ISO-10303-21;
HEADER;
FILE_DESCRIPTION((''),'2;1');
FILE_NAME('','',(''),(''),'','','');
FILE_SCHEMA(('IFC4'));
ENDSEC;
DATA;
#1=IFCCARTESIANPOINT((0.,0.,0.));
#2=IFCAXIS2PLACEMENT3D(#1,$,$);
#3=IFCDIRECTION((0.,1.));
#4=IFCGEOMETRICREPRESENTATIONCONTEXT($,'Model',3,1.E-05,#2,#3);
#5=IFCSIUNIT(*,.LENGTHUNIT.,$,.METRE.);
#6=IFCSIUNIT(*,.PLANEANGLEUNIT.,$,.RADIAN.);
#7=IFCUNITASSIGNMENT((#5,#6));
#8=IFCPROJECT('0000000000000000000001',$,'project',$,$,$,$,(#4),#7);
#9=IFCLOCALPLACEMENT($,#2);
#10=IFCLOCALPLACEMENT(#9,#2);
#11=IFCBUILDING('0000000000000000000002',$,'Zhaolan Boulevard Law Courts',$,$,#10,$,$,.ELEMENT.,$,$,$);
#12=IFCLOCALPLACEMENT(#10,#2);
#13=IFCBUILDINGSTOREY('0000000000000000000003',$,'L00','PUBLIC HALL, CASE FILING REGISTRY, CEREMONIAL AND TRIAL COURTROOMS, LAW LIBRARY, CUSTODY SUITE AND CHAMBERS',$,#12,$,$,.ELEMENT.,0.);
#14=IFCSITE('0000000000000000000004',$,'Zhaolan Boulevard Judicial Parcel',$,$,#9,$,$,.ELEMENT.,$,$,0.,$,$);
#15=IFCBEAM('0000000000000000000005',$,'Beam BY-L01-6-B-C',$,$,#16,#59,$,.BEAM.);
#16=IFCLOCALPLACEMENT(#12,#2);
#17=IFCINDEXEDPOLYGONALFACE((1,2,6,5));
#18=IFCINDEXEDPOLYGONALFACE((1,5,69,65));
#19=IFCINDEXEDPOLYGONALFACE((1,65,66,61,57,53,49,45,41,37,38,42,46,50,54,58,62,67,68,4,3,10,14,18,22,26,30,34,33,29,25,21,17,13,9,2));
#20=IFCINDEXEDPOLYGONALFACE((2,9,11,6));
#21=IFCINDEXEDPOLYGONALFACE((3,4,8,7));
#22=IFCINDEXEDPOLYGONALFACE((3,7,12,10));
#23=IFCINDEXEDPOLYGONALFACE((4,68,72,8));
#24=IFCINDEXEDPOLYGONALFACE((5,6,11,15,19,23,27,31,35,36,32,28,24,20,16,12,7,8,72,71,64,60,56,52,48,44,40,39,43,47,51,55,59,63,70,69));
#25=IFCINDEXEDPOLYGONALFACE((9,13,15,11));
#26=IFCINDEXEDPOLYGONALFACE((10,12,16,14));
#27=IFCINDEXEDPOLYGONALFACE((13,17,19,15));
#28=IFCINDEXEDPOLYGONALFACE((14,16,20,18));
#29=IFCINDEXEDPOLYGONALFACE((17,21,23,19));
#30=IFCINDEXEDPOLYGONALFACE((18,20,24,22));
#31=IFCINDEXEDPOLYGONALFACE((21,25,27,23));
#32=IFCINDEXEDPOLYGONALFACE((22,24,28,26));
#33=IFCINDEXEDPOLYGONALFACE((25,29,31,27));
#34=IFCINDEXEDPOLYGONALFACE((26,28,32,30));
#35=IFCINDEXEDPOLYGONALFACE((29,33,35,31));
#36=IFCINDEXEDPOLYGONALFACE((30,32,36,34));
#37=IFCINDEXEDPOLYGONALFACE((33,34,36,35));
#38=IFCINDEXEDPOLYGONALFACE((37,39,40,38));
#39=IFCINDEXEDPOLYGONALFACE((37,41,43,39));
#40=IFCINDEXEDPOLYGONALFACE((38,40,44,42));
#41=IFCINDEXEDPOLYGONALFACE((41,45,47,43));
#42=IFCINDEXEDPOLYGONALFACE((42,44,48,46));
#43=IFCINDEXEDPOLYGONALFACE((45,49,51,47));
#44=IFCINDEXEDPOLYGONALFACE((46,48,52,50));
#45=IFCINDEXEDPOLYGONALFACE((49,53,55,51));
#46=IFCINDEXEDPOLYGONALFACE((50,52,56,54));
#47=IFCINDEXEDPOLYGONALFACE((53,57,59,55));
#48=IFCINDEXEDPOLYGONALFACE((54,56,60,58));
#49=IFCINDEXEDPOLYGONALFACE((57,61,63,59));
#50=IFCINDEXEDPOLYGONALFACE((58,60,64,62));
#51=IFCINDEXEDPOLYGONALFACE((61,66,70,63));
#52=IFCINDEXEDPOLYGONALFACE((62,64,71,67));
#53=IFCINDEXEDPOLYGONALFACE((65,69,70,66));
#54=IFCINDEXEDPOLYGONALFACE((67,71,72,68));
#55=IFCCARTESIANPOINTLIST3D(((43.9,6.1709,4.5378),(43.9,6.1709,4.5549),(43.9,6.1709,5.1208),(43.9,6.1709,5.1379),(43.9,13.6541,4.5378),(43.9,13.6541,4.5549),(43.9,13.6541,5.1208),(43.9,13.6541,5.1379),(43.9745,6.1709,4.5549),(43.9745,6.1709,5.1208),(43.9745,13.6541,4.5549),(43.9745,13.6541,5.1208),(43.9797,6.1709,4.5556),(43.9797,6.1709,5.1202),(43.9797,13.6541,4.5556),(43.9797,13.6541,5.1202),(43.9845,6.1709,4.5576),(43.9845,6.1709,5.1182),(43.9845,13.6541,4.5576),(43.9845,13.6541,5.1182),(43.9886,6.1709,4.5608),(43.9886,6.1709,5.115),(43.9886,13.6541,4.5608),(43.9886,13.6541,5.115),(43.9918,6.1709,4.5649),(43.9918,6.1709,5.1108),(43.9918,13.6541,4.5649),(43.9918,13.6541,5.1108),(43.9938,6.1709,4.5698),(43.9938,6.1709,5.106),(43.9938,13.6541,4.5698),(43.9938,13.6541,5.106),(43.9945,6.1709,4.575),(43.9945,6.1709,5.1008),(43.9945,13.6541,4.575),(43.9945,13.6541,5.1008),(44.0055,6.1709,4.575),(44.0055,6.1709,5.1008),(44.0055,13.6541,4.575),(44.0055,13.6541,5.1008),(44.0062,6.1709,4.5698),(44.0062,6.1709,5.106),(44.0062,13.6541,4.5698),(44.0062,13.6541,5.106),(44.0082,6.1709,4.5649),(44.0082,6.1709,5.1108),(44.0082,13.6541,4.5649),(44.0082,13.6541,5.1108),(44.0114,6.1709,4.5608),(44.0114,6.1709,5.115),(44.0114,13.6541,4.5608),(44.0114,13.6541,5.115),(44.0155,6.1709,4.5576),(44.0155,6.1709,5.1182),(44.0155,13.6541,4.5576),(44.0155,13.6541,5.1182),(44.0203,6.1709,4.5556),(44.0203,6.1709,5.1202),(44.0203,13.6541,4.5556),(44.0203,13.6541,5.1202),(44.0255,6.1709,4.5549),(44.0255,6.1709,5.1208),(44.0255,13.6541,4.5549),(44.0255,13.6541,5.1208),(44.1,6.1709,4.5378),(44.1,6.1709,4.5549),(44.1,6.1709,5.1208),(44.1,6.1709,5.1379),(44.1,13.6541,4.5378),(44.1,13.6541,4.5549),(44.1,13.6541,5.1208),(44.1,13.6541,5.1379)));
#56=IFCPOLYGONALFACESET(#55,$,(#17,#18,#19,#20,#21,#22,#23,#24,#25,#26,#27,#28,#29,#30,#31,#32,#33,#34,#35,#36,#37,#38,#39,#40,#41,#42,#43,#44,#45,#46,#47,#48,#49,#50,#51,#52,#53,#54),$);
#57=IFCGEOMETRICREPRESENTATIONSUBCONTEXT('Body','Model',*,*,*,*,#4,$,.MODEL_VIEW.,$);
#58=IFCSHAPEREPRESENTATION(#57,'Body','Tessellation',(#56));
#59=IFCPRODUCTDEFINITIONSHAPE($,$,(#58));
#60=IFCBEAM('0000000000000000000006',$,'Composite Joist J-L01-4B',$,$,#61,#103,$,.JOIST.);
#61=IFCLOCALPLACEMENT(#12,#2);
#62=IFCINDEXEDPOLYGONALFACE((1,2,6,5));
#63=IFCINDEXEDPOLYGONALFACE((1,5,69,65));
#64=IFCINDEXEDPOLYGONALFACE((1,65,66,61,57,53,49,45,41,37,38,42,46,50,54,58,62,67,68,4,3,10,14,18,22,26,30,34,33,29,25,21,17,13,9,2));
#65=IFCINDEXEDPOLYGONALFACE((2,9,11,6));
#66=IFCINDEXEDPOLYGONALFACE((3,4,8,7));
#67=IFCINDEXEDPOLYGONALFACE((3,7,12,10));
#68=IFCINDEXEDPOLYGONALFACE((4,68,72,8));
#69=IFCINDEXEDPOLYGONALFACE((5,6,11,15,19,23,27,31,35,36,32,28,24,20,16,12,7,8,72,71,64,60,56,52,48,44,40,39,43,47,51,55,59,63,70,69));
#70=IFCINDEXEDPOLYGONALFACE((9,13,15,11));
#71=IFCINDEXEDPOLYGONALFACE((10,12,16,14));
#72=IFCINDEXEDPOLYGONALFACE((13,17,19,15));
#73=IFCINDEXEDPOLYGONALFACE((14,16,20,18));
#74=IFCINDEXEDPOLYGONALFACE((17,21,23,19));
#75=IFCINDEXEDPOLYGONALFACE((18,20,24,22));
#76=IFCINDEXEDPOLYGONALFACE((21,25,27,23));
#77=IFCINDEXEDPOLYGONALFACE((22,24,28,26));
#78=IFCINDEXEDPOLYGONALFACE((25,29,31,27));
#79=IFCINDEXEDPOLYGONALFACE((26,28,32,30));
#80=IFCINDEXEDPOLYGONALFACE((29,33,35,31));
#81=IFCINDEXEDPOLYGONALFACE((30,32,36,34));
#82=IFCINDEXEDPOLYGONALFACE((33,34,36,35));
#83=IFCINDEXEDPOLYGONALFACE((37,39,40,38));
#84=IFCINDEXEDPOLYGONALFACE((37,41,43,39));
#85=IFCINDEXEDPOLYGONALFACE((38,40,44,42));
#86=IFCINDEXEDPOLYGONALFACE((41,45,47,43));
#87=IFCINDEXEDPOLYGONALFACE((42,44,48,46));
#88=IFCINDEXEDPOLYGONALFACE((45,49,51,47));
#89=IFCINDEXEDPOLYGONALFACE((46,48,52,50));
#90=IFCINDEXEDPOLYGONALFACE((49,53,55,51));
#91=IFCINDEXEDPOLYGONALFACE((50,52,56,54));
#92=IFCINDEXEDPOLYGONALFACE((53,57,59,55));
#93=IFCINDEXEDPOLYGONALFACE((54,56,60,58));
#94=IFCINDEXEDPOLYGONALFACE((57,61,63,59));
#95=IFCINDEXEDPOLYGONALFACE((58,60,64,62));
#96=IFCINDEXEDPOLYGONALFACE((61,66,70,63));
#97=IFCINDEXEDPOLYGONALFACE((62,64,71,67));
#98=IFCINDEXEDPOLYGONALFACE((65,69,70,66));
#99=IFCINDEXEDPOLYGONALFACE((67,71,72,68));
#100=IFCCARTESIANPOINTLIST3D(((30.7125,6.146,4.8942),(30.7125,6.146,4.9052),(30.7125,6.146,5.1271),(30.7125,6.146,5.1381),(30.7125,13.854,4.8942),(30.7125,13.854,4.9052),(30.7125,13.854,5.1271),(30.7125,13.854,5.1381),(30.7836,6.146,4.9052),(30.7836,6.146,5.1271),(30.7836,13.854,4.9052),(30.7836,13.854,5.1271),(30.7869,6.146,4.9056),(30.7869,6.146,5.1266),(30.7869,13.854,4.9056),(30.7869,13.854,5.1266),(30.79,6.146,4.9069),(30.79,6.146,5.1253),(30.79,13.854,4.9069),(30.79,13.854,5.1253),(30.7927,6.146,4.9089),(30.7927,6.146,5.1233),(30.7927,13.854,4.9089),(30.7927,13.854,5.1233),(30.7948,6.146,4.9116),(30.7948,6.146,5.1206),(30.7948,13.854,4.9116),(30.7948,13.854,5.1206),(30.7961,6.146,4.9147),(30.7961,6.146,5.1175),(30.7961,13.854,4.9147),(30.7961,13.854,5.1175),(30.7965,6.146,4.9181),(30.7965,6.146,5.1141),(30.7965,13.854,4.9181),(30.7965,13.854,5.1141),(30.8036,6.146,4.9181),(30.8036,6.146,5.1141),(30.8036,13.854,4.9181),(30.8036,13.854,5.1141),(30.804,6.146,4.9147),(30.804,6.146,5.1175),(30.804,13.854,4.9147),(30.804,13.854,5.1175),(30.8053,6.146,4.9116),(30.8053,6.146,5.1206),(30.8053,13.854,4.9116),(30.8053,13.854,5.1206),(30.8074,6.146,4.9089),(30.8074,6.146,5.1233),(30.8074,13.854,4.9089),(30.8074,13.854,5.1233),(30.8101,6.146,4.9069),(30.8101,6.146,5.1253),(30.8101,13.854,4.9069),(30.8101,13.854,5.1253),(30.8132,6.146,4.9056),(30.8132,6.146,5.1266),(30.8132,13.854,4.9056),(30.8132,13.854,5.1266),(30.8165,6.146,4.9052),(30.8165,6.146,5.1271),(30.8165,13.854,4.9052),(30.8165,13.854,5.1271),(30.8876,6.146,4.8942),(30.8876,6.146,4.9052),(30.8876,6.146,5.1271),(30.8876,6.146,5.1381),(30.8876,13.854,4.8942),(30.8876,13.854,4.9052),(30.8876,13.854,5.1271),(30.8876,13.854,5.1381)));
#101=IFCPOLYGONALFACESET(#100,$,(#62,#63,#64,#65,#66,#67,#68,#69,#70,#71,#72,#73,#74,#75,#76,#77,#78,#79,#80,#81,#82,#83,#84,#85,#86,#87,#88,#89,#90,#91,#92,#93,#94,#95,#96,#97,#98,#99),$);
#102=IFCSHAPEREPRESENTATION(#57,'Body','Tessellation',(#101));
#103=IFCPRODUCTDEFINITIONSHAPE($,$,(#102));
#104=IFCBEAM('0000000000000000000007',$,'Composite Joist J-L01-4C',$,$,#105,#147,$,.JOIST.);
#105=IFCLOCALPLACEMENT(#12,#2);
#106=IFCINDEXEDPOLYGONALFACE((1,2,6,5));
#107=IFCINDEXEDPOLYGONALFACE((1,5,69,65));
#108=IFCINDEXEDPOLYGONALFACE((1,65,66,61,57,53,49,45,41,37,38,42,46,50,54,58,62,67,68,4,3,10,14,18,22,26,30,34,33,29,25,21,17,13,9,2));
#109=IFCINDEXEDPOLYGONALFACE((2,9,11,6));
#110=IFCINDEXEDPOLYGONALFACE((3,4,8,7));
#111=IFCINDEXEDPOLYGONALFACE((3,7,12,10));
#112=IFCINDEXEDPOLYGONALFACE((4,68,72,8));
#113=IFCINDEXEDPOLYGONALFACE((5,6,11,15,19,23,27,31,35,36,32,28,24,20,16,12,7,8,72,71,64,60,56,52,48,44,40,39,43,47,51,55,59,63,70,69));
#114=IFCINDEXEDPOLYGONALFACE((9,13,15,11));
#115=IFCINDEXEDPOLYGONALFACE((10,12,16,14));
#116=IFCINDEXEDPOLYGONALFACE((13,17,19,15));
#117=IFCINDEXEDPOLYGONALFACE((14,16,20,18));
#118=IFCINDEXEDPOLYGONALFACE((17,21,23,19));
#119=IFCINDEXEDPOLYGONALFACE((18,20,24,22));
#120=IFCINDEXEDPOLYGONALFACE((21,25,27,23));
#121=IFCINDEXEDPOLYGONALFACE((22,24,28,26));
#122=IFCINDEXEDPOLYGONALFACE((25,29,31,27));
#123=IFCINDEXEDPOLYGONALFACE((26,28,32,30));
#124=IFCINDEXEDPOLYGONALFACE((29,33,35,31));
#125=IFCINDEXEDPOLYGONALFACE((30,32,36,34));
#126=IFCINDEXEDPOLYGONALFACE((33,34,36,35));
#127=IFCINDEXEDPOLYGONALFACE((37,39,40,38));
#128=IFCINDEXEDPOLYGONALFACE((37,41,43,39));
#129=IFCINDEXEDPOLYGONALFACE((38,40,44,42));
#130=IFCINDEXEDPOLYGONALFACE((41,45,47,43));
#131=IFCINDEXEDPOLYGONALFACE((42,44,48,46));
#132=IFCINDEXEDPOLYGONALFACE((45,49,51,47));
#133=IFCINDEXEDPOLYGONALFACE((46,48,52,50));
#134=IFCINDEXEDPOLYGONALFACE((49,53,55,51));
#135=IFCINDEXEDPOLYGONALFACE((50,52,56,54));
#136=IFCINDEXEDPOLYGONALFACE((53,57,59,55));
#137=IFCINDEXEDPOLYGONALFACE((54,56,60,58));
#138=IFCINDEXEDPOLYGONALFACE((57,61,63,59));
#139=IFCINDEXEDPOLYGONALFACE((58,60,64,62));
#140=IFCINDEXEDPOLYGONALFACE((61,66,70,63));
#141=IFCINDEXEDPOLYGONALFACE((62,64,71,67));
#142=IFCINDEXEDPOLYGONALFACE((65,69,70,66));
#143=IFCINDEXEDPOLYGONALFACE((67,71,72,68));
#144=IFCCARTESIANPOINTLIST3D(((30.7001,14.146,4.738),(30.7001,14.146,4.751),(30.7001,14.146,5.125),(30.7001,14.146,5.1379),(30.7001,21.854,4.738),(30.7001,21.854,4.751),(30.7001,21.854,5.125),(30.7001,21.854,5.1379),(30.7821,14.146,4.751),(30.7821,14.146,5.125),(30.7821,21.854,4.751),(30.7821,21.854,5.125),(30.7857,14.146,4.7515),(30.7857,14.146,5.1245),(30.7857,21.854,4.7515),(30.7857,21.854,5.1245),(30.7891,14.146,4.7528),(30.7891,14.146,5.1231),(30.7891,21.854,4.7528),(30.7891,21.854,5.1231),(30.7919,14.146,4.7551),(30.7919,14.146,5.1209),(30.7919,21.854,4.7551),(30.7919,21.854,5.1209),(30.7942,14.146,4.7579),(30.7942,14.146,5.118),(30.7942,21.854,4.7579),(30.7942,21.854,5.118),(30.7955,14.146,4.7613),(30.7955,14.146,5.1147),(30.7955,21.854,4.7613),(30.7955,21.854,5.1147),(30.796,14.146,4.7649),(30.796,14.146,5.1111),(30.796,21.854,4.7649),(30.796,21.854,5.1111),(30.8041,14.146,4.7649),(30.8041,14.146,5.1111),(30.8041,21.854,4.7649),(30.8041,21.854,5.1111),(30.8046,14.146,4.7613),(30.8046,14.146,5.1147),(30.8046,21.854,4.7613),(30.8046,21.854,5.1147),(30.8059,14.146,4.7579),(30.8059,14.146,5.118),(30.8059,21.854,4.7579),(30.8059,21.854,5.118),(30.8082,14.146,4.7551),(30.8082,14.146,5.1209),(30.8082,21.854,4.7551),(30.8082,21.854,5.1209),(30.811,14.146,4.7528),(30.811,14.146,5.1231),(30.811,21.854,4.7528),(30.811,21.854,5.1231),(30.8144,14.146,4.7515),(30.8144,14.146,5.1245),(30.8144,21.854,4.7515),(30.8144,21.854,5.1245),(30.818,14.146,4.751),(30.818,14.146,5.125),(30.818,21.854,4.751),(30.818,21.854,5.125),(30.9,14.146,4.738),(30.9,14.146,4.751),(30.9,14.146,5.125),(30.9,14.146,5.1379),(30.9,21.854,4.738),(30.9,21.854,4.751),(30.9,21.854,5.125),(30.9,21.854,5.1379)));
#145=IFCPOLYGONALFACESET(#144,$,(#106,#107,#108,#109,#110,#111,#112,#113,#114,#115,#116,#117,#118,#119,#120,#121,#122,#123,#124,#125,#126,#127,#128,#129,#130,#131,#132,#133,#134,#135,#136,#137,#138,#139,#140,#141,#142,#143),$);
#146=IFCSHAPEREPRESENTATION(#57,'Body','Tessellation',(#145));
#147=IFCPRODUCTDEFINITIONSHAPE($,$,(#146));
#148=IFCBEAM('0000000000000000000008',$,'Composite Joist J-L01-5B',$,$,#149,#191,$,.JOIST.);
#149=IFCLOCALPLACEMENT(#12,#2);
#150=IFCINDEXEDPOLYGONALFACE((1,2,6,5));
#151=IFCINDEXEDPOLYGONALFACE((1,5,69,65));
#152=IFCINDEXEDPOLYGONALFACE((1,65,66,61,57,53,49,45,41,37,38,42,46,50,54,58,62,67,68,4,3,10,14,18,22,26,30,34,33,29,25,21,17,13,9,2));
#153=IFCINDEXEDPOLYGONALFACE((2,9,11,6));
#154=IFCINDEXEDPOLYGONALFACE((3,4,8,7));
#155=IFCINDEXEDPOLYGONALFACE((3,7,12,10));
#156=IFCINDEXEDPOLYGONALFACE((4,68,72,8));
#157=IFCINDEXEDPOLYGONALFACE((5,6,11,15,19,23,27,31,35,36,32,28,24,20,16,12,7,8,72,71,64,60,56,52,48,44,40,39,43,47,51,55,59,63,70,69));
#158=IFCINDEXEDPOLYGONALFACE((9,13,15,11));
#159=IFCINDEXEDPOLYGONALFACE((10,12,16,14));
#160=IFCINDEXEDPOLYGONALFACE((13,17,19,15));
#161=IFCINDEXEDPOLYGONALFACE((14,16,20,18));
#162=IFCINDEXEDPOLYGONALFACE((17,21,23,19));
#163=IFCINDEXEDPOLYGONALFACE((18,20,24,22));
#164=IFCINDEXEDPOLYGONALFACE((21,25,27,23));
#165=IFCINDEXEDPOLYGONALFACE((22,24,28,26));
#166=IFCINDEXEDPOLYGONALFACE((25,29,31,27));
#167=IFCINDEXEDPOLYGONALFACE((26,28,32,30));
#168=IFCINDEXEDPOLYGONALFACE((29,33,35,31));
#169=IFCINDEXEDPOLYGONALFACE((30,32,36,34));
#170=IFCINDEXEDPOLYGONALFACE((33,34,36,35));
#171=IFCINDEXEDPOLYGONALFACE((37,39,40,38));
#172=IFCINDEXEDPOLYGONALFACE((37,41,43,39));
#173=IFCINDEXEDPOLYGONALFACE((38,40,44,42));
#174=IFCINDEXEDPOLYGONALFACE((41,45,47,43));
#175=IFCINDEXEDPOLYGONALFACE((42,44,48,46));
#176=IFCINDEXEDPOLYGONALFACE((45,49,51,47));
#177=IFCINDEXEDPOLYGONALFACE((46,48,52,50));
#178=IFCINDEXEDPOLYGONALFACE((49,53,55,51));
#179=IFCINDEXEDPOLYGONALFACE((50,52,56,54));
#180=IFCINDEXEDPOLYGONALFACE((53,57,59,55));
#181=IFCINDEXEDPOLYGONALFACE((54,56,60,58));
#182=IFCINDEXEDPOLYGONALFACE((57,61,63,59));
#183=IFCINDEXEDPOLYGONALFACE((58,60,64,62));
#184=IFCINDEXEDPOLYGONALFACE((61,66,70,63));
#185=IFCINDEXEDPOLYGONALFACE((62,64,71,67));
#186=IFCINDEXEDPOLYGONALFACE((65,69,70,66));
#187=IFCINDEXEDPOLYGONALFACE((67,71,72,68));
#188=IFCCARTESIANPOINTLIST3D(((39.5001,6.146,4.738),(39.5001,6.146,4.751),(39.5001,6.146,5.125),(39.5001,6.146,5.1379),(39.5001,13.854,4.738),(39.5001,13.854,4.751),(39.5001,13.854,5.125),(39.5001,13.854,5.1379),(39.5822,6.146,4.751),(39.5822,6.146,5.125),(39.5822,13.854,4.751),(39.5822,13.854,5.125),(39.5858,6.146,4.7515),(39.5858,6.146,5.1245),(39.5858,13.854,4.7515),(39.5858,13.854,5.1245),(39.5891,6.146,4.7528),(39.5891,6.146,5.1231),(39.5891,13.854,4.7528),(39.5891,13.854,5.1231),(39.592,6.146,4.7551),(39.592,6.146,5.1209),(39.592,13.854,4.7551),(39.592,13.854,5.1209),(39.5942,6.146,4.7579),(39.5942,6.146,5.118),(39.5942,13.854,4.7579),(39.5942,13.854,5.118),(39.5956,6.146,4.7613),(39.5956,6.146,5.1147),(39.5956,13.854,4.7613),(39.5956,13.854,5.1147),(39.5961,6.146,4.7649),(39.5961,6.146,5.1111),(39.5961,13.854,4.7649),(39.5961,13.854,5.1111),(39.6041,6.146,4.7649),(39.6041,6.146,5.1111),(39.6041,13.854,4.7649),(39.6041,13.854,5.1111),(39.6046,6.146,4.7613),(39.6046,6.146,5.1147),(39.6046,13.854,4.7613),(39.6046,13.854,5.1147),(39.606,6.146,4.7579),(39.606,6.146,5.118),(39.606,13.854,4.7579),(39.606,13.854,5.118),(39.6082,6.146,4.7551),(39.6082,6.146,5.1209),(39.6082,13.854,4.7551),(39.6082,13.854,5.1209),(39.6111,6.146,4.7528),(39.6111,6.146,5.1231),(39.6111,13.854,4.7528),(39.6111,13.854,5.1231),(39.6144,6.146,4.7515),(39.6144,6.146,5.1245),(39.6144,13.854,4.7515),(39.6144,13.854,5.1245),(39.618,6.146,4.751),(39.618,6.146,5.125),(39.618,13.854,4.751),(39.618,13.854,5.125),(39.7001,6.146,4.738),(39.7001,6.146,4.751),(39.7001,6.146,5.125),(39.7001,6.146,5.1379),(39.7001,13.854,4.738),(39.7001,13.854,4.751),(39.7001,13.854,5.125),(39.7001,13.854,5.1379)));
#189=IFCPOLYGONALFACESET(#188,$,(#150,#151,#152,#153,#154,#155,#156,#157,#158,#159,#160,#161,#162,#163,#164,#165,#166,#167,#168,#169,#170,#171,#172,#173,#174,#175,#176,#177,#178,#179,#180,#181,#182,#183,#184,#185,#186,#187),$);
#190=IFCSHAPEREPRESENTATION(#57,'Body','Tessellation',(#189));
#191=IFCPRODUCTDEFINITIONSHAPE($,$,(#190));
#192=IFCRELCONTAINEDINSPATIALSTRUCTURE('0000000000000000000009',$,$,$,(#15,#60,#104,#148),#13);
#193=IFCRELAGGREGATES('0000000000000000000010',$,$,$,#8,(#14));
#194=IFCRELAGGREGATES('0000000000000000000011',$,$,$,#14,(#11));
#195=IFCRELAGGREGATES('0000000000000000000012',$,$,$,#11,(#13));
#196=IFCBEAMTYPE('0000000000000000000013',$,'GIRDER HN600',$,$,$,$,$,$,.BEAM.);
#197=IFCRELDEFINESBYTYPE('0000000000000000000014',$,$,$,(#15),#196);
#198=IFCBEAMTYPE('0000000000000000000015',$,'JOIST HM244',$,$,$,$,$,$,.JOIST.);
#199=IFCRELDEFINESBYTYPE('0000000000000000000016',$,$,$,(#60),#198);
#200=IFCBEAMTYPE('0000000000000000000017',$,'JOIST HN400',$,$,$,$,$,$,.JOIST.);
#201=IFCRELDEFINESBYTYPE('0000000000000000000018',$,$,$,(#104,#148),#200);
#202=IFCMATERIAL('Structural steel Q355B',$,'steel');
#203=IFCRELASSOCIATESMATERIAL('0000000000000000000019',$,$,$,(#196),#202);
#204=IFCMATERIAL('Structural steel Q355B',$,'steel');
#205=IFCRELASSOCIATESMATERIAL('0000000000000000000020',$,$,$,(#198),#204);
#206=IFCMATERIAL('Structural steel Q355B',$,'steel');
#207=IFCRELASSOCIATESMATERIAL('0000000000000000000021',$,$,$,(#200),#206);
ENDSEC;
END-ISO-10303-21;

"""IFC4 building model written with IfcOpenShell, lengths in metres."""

from ifc_helpers import new_model, si_unit, direction, frame, origin, origin_2d, place, context, subcontext, project, spatial, i_section, extrude, material, material_profile, profile_set, type_object, element, save


model = new_model("IFC4")

# Units and contexts
model_context = context("Model", 3, precision=1e-05, world=origin(), true_north=direction((0.0, 1.0)))
body_context = subcontext(model_context, "Body", "Model", "MODEL_VIEW")
ifc_project = project(units=[si_unit("LENGTHUNIT", "METRE"), si_unit("PLANEANGLEUNIT", "RADIAN")], contexts=[model_context])

# Site, building, storey
site_placement = place(None, origin())
site = spatial("IfcSite", under=ifc_project, at=site_placement, Name="Zhaolan Boulevard Judicial Parcel", CompositionType="ELEMENT", RefElevation=0.0)
building_placement = place(site_placement, origin())
building = spatial("IfcBuilding", under=site, at=building_placement, Name="Zhaolan Boulevard Law Courts", CompositionType="ELEMENT")
storey_placement = place(building_placement, origin())
storey = spatial("IfcBuildingStorey", under=building, at=storey_placement, Name="L00", Description="PUBLIC HALL, CASE FILING REGISTRY, CEREMONIAL AND TRIAL COURTROOMS, LAW LIBRARY, CUSTODY SUITE AND CHAMBERS", CompositionType="ELEMENT", Elevation=0.0)

# Beams
ifc_material_1 = material(Name="Structural steel Q355B", Category="steel")
ifc_material_profile_1 = material_profile(ifc_material_1, i_section(OverallWidth=0.2, OverallDepth=0.6001, WebThickness=0.011, FlangeThickness=0.0171, FilletRadius=0.02, at=origin_2d()), Name="HN600x200")
ifc_profile_set_1 = profile_set([ifc_material_profile_1], Name="Structural steel Q355B")
beam_type_1 = type_object("IfcBeamType", Name="GIRDER HN600", PredefinedType="BEAM", material=ifc_profile_set_1)
for number, where, z_axis, x_axis, name in (
    (1, (44.0, 6.1709, 4.8379), (0.0, 1.0, 0.0), (-1.0, 0.0, 0.0), "Beam BY-L01-6-B-C"),
):
    element("IfcBeam", number, at=place(storey_placement, frame(where, z_axis=z_axis, x_axis=x_axis)), inside=storey, type_object=beam_type_1, Name=name, PredefinedType="BEAM", context=body_context, shape_type="SweptSolid", body=[
        extrude(i_section(OverallWidth=0.2, OverallDepth=0.6001, WebThickness=0.011, FlangeThickness=0.0171, FilletRadius=0.02, at=origin_2d()), origin(), (0.0, 0.0, 1.0), 7.4832),
    ])
ifc_material_2 = material(Name="Structural steel Q355B", Category="steel")
ifc_material_profile_2 = material_profile(ifc_material_2, i_section(OverallWidth=0.175, OverallDepth=0.2439, WebThickness=0.0071, FlangeThickness=0.011, FilletRadius=0.0129, at=origin_2d()), Name="HM244x175")
ifc_profile_set_2 = profile_set([ifc_material_profile_2], Name="Structural steel Q355B")
beam_type_2 = type_object("IfcBeamType", Name="JOIST HM244", PredefinedType="JOIST", material=ifc_profile_set_2)
beam_1_placement = place(storey_placement, frame((30.8, 6.146, 5.0161), z_axis=(0.0, 1.0, 0.0), x_axis=(-1.0, 0.0, 0.0)))
element("IfcBeam", 2, at=beam_1_placement, inside=storey, type_object=beam_type_2, Name="Composite Joist J-L01-4B", PredefinedType="JOIST", context=body_context, shape_type="SweptSolid", body=[
    extrude(i_section(OverallWidth=0.175, OverallDepth=0.2439, WebThickness=0.0071, FlangeThickness=0.011, FilletRadius=0.0129, at=origin_2d()), origin(), (0.0, 0.0, 1.0), 7.708),
])
ifc_material_3 = material(Name="Structural steel Q355B", Category="steel")
ifc_material_profile_3 = material_profile(ifc_material_3, i_section(OverallWidth=0.2, OverallDepth=0.3999, WebThickness=0.0081, FlangeThickness=0.0129, FilletRadius=0.0139, at=origin_2d()), Name="HN400x200")
ifc_profile_set_3 = profile_set([ifc_material_profile_3], Name="Structural steel Q355B")
beam_type_3 = type_object("IfcBeamType", Name="JOIST HN400", PredefinedType="JOIST", material=ifc_profile_set_3)
for number, where, z_axis, x_axis, name in (
    (3, (30.8, 14.146, 4.938), (0.0, 1.0, 0.0), (-1.0, 0.0, 0.0), "Composite Joist J-L01-4C"),
    (4, (39.6001, 6.146, 4.938), (0.0, 1.0, 0.0), (-1.0, 0.0, 0.0), "Composite Joist J-L01-5B"),
):
    element("IfcBeam", number, at=place(storey_placement, frame(where, z_axis=z_axis, x_axis=x_axis)), inside=storey, type_object=beam_type_3, Name=name, PredefinedType="JOIST", context=body_context, shape_type="SweptSolid", body=[
        extrude(i_section(OverallWidth=0.2, OverallDepth=0.3999, WebThickness=0.0081, FlangeThickness=0.0129, FilletRadius=0.0139, at=origin_2d()), origin(), (0.0, 0.0, 1.0), 7.708),
    ])

save(model, "model.ifc")
